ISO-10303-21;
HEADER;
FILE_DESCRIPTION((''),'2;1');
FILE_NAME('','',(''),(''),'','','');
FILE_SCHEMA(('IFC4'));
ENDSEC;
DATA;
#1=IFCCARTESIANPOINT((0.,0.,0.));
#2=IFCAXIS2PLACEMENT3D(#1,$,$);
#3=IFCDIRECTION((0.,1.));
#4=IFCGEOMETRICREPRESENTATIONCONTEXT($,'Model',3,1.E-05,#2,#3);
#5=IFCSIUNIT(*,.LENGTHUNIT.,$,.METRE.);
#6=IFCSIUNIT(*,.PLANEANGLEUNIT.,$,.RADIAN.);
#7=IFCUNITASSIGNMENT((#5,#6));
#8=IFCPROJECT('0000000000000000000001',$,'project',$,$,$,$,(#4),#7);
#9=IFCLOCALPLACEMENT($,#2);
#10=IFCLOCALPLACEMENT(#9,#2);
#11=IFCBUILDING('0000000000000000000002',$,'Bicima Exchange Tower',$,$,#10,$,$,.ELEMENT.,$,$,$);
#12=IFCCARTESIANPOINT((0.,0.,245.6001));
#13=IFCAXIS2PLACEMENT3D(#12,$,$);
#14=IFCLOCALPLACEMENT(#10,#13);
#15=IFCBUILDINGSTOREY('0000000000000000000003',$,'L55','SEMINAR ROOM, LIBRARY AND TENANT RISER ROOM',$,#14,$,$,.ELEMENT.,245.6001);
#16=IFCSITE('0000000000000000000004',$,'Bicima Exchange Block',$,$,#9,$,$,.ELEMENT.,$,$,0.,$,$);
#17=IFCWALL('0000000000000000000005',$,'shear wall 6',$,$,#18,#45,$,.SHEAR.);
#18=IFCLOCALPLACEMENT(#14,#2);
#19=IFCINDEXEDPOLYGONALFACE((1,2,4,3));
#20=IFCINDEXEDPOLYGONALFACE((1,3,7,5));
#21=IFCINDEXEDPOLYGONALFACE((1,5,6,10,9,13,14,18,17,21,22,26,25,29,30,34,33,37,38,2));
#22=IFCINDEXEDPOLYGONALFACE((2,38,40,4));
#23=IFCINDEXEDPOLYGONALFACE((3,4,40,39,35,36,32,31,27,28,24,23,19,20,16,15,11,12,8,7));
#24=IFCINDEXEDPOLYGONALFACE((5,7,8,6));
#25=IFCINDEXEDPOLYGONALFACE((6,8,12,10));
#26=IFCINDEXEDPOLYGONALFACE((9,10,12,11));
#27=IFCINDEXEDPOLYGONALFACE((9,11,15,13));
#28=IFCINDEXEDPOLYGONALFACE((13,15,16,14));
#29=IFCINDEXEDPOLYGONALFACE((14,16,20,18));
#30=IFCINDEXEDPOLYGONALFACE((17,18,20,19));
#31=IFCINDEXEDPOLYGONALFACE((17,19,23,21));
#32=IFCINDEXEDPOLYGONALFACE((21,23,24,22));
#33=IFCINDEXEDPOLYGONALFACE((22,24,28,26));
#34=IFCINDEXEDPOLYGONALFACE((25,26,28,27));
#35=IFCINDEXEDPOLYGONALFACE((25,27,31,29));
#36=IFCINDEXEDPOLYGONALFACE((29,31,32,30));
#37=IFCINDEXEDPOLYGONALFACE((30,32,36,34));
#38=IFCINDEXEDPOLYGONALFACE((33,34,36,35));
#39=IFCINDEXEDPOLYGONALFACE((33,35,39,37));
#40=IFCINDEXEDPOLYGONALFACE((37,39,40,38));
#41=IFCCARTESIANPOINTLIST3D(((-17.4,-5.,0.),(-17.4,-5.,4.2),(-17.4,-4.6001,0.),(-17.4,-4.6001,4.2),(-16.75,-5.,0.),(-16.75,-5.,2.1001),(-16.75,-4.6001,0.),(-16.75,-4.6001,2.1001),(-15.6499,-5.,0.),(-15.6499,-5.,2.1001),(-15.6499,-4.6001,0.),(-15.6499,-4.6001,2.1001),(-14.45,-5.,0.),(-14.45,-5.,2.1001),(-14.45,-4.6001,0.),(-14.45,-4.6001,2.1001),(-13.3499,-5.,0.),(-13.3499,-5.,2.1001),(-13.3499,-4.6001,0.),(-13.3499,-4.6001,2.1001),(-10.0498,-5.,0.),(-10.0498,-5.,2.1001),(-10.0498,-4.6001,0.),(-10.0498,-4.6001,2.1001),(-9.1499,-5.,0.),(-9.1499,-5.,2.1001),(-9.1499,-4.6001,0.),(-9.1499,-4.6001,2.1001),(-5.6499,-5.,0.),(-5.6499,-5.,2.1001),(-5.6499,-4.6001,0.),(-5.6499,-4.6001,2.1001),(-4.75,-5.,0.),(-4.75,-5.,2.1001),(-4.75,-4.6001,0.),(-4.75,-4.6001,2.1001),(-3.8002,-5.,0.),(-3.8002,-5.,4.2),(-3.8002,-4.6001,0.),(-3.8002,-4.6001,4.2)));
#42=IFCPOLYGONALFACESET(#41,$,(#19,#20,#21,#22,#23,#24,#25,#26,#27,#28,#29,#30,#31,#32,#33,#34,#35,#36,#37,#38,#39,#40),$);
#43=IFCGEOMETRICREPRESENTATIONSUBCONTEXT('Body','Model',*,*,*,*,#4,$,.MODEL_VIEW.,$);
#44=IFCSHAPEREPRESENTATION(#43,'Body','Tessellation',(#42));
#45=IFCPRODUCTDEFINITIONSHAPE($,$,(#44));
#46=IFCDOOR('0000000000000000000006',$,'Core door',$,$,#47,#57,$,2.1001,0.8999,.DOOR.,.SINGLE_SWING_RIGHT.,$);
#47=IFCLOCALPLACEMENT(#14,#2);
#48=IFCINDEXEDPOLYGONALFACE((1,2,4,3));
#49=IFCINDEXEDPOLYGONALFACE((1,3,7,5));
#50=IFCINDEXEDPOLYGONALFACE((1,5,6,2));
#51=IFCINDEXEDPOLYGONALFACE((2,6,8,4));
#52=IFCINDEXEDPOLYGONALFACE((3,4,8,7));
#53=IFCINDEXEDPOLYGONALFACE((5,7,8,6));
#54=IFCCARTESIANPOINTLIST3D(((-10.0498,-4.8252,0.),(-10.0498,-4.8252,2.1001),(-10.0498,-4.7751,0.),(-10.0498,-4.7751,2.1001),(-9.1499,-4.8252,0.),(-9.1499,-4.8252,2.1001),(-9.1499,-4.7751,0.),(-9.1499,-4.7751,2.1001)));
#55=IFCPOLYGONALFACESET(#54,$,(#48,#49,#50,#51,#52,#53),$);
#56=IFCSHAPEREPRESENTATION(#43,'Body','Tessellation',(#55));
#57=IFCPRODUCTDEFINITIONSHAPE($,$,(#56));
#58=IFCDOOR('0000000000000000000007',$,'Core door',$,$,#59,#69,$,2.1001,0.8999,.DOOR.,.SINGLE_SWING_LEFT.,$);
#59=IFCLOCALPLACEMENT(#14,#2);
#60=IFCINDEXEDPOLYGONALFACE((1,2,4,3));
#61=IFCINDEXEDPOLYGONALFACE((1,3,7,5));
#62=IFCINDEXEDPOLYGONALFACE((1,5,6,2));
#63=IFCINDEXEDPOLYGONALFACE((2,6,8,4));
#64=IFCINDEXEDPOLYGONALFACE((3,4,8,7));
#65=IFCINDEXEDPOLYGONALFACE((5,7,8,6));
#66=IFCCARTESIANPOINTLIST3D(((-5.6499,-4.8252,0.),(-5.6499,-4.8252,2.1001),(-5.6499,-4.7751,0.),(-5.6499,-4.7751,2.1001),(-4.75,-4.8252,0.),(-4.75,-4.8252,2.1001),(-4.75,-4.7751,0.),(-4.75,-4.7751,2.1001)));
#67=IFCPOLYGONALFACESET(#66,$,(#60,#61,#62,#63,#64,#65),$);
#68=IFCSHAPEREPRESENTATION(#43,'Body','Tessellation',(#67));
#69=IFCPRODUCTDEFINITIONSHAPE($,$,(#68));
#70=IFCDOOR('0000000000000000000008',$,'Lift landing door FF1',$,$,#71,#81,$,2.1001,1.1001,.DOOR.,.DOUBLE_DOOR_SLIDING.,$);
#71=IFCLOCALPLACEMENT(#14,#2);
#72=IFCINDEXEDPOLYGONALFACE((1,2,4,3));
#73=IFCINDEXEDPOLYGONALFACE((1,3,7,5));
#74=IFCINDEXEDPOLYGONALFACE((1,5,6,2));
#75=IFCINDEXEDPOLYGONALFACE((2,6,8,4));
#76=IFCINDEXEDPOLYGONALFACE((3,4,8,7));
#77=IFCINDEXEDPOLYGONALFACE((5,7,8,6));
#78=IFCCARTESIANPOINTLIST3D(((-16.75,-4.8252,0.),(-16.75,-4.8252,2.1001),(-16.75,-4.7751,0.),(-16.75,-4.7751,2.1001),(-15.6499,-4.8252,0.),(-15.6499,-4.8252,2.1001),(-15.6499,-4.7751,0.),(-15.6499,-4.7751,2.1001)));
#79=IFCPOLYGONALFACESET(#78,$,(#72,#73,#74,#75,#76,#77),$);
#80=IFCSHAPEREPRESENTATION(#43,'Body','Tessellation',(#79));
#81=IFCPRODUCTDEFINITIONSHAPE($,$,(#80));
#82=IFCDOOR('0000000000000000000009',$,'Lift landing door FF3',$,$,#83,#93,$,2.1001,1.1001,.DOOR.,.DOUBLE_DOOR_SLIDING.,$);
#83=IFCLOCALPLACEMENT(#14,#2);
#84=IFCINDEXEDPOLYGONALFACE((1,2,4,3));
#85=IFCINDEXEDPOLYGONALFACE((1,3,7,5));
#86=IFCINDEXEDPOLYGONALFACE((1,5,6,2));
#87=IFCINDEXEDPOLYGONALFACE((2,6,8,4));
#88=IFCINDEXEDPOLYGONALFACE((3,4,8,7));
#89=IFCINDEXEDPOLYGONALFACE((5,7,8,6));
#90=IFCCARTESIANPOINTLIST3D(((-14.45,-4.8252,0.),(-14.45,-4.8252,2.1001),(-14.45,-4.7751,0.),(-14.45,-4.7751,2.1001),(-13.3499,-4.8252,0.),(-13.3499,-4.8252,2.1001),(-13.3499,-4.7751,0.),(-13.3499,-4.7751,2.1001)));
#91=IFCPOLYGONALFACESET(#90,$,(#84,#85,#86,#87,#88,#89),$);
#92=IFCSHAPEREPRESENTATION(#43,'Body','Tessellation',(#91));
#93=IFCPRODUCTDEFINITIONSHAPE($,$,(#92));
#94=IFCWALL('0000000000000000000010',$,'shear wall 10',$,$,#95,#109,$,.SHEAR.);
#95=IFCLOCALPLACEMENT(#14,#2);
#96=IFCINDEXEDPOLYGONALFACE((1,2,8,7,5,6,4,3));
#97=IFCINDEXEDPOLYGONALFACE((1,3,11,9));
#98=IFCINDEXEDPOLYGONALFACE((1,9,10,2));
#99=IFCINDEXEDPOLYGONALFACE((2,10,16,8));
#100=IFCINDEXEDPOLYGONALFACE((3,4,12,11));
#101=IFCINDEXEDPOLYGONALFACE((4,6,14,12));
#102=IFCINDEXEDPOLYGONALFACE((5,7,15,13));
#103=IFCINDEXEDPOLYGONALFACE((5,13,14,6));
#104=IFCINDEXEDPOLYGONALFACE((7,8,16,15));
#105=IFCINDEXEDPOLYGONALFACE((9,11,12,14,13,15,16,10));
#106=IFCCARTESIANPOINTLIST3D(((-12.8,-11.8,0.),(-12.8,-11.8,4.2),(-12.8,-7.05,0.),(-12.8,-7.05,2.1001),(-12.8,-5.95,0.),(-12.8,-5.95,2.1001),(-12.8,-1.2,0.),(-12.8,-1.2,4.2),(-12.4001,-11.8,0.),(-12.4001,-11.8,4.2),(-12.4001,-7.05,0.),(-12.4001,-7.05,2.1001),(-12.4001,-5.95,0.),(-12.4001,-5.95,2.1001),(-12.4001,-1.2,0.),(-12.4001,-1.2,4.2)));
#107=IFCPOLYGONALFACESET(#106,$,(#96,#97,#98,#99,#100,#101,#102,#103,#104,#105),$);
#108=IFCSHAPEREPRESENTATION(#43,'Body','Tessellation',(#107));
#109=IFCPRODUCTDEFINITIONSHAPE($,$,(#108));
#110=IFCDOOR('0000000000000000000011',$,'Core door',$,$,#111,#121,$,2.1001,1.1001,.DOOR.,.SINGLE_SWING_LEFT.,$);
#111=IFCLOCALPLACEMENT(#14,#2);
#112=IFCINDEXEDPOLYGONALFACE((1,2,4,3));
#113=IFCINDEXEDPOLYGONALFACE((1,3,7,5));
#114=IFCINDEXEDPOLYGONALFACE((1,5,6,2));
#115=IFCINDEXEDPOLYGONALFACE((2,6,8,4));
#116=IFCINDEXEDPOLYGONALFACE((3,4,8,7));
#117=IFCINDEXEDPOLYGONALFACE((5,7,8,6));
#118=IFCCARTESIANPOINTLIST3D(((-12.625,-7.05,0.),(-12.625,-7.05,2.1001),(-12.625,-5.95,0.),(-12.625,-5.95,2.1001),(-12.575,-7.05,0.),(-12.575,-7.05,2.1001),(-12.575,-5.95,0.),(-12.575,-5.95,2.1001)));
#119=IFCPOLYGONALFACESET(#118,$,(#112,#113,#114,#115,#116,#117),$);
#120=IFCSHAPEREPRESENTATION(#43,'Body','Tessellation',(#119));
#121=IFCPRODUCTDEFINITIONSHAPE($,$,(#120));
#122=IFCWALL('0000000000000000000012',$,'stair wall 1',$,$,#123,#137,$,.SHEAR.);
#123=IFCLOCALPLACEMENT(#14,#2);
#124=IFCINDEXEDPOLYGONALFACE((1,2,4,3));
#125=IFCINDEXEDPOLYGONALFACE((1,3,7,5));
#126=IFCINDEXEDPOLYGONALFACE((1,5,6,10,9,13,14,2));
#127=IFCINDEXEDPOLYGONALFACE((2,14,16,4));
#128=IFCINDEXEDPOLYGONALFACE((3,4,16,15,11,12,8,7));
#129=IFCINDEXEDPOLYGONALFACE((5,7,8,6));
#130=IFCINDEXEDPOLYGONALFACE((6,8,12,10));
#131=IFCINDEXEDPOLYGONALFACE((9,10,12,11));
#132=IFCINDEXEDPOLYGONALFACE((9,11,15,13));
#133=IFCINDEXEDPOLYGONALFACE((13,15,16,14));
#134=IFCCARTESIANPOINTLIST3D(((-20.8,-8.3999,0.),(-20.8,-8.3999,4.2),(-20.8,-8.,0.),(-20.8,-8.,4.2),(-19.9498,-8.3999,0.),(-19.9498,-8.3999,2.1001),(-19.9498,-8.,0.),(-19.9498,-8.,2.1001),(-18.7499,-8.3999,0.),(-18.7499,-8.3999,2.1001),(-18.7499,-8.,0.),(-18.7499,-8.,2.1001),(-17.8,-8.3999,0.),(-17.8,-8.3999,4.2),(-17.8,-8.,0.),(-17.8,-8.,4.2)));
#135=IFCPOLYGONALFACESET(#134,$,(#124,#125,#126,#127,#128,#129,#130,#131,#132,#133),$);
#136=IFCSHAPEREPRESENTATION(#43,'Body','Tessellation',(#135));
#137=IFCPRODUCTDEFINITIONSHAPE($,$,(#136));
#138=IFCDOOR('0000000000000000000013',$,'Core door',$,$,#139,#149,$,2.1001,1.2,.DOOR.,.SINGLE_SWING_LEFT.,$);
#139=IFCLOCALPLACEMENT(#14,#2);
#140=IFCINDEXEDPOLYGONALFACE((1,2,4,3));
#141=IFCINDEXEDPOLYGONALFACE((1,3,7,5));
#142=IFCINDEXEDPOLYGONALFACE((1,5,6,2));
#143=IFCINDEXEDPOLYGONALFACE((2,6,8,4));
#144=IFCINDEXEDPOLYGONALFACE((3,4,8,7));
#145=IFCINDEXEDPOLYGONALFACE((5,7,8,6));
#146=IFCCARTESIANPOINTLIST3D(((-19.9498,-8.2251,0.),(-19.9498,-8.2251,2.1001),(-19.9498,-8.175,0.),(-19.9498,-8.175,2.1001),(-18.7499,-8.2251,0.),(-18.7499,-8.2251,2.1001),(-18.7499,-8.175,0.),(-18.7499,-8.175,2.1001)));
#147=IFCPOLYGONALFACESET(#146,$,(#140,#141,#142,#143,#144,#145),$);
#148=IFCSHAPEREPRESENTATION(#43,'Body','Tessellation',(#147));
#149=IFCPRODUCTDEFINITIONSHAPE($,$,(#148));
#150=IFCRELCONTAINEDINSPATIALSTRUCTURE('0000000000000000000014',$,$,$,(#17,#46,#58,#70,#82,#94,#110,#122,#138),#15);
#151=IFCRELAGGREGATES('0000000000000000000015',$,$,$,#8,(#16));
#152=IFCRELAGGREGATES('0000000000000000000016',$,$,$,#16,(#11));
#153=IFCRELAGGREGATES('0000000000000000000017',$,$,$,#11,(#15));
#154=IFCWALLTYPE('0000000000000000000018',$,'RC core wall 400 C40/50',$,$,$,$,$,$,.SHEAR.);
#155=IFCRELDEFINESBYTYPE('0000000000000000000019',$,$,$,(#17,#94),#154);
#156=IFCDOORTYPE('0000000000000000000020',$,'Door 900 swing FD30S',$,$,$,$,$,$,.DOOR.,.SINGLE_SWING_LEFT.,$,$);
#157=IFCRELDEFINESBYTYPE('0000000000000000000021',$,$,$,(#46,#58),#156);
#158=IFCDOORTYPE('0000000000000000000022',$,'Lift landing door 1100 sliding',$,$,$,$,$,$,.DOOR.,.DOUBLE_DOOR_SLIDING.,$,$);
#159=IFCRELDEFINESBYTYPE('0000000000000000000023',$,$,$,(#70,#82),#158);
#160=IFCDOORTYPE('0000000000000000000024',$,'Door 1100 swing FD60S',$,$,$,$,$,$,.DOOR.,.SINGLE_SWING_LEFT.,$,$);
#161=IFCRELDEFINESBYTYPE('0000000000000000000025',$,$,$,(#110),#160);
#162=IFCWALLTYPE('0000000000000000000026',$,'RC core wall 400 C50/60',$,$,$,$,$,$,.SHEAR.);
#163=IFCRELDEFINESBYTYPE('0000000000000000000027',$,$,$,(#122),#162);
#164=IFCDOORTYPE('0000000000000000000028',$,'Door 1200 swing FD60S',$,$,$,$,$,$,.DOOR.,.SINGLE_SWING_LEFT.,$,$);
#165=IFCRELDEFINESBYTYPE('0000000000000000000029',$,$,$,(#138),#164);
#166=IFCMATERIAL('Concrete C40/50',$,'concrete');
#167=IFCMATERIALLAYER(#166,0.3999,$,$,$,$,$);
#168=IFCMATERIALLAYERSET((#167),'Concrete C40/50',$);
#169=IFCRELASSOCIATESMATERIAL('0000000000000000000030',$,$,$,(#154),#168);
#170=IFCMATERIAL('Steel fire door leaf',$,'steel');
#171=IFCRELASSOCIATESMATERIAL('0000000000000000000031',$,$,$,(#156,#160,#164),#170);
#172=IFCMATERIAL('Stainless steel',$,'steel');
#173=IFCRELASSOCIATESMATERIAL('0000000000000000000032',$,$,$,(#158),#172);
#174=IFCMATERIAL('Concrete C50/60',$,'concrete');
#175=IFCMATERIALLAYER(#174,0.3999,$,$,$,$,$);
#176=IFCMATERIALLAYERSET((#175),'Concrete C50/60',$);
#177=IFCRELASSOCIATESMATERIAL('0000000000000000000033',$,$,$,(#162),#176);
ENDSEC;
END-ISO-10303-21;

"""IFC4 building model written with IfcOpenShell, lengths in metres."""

from ifc_helpers import new_model, si_unit, direction, frame, frame_2d, origin, place, context, subcontext, project, spatial, rectangle, extrude, material, layer, layer_set, type_object, element, fill, save


model = new_model("IFC4")

# Units and contexts
model_context = context("Model", 3, precision=1e-05, world=origin(), true_north=direction((0.0, 1.0)))
body_context = subcontext(model_context, "Body", "Model", "MODEL_VIEW")
ifc_project = project(units=[si_unit("LENGTHUNIT", "METRE"), si_unit("PLANEANGLEUNIT", "RADIAN")], contexts=[model_context])

# Site, building, storey
site_placement = place(None, origin())
site = spatial("IfcSite", under=ifc_project, at=site_placement, Name="Bicima Exchange Block", CompositionType="ELEMENT", RefElevation=0.0)
building_placement = place(site_placement, origin())
building = spatial("IfcBuilding", under=site, at=building_placement, Name="Bicima Exchange Tower", CompositionType="ELEMENT")
storey_placement = place(building_placement, frame((0.0, 0.0, 245.6001)))
storey = spatial("IfcBuildingStorey", under=building, at=storey_placement, Name="L55", Description="SEMINAR ROOM, LIBRARY AND TENANT RISER ROOM", CompositionType="ELEMENT", Elevation=245.6001)

# Shared definitions
ifc_material_1 = material(Name="Concrete C40/50", Category="concrete")
ifc_layer_1 = layer(ifc_material_1, 0.3999)
ifc_layer_set_1 = layer_set([ifc_layer_1], Name="Concrete C40/50")
wall_type_1 = type_object("IfcWallType", Name="RC core wall 400 C40/50", PredefinedType="SHEAR", material=ifc_layer_set_1)

# Wall, openings, doors
wall_1_placement = place(storey_placement, frame((-17.3999, -4.8, 0.0), z_axis=(0.0, 0.0, 1.0), x_axis=(1.0, 0.0, 0.0)))
wall_1 = element("IfcWall", 1, at=wall_1_placement, inside=storey, type_object=wall_type_1, Name="shear wall 6", PredefinedType="SHEAR", context=body_context, shape_type="SweptSolid", body=[
    extrude(rectangle(XDim=13.5999, YDim=0.3999, at=frame_2d((6.7998, 0.0))), origin(), (0.0, 0.0, 1.0), 4.2),
])
opening_1_placement = place(wall_1_placement, frame((0.6499, 0.0, 0.0)))
opening_1 = element("IfcOpeningElement", 2, at=opening_1_placement, cuts=wall_1, PredefinedType="OPENING", context=body_context, shape_type="SweptSolid", body=[
    extrude(rectangle(XDim=1.1001, YDim=2.1001, at=frame_2d((0.55, 1.05))), frame((0.0, 0.2119, 0.0), z_axis=(0.0, -1.0, 0.0), x_axis=(1.0, 0.0, 0.0)), (0.0, 0.0, 1.0), 0.4238),
])
opening_2_placement = place(wall_1_placement, frame((2.95, 0.0, 0.0)))
opening_2 = element("IfcOpeningElement", 3, at=opening_2_placement, cuts=wall_1, PredefinedType="OPENING", context=body_context, shape_type="SweptSolid", body=[
    extrude(rectangle(XDim=1.1001, YDim=2.1001, at=frame_2d((0.55, 1.05))), frame((0.0, 0.2119, 0.0), z_axis=(0.0, -1.0, 0.0), x_axis=(1.0, 0.0, 0.0)), (0.0, 0.0, 1.0), 0.4238),
])
opening_3_placement = place(wall_1_placement, frame((7.3501, 0.0, 0.0)))
opening_3 = element("IfcOpeningElement", 4, at=opening_3_placement, cuts=wall_1, PredefinedType="OPENING", context=body_context, shape_type="SweptSolid", body=[
    extrude(rectangle(XDim=0.8999, YDim=2.1001, at=frame_2d((0.45, 1.05))), frame((0.0, 0.2119, 0.0), z_axis=(0.0, -1.0, 0.0), x_axis=(1.0, 0.0, 0.0)), (0.0, 0.0, 1.0), 0.4238),
])
opening_4_placement = place(wall_1_placement, frame((11.75, 0.0, 0.0)))
opening_4 = element("IfcOpeningElement", 5, at=opening_4_placement, cuts=wall_1, PredefinedType="OPENING", context=body_context, shape_type="SweptSolid", body=[
    extrude(rectangle(XDim=0.8999, YDim=2.1001, at=frame_2d((0.45, 1.05))), frame((0.0, 0.2119, 0.0), z_axis=(0.0, -1.0, 0.0), x_axis=(1.0, 0.0, 0.0)), (0.0, 0.0, 1.0), 0.4238),
])
ifc_material_2 = material(Name="Steel fire door leaf", Category="steel")
door_type_1 = type_object("IfcDoorType", Name="Door 900 swing FD30S", OperationType="SINGLE_SWING_LEFT", PredefinedType="DOOR", material=ifc_material_2)
door_1_placement = place(opening_3_placement, origin())
door_1 = element("IfcDoor", 6, at=door_1_placement, inside=storey, type_object=door_type_1, Name="Core door", OperationType="SINGLE_SWING_RIGHT", OverallHeight=2.1001, OverallWidth=0.8999, PredefinedType="DOOR", context=body_context, shape_type="SweptSolid", body=[
    extrude(rectangle(XDim=0.8999, YDim=2.1001, at=frame_2d((0.45, 1.05))), frame((0.0, 0.0249, 0.0), z_axis=(0.0, -1.0, 0.0), x_axis=(1.0, 0.0, 0.0)), (0.0, 0.0, 1.0), 0.05),
])
fill(opening_3, door_1)
door_2_placement = place(opening_4_placement, origin())
door_2 = element("IfcDoor", 7, at=door_2_placement, inside=storey, type_object=door_type_1, Name="Core door", OperationType="SINGLE_SWING_LEFT", OverallHeight=2.1001, OverallWidth=0.8999, PredefinedType="DOOR", context=body_context, shape_type="SweptSolid", body=[
    extrude(rectangle(XDim=0.8999, YDim=2.1001, at=frame_2d((0.45, 1.05))), frame((0.0, 0.0249, 0.0), z_axis=(0.0, -1.0, 0.0), x_axis=(1.0, 0.0, 0.0)), (0.0, 0.0, 1.0), 0.05),
])
fill(opening_4, door_2)
ifc_material_3 = material(Name="Stainless steel", Category="steel")
door_type_2 = type_object("IfcDoorType", Name="Lift landing door 1100 sliding", OperationType="DOUBLE_DOOR_SLIDING", PredefinedType="DOOR", material=ifc_material_3)
door_3_placement = place(opening_1_placement, origin())
door_3 = element("IfcDoor", 8, at=door_3_placement, inside=storey, type_object=door_type_2, Name="Lift landing door FF1", OperationType="DOUBLE_DOOR_SLIDING", OverallHeight=2.1001, OverallWidth=1.1001, PredefinedType="DOOR", context=body_context, shape_type="SweptSolid", body=[
    extrude(rectangle(XDim=1.1001, YDim=2.1001, at=frame_2d((0.55, 1.05))), frame((0.0, 0.0249, 0.0), z_axis=(0.0, -1.0, 0.0), x_axis=(1.0, 0.0, 0.0)), (0.0, 0.0, 1.0), 0.05),
])
fill(opening_1, door_3)
door_4_placement = place(opening_2_placement, origin())
door_4 = element("IfcDoor", 9, at=door_4_placement, inside=storey, type_object=door_type_2, Name="Lift landing door FF3", OperationType="DOUBLE_DOOR_SLIDING", OverallHeight=2.1001, OverallWidth=1.1001, PredefinedType="DOOR", context=body_context, shape_type="SweptSolid", body=[
    extrude(rectangle(XDim=1.1001, YDim=2.1001, at=frame_2d((0.55, 1.05))), frame((0.0, 0.0249, 0.0), z_axis=(0.0, -1.0, 0.0), x_axis=(1.0, 0.0, 0.0)), (0.0, 0.0, 1.0), 0.05),
])
fill(opening_2, door_4)

# Walls, openings, doors
wall_2_placement = place(storey_placement, frame((-12.6001, -11.8, 0.0), z_axis=(0.0, 0.0, 1.0), x_axis=(0.0, 1.0, 0.0)))
wall_2 = element("IfcWall", 10, at=wall_2_placement, inside=storey, type_object=wall_type_1, Name="shear wall 10", PredefinedType="SHEAR", context=body_context, shape_type="SweptSolid", body=[
    extrude(rectangle(XDim=10.6001, YDim=0.3999, at=frame_2d((5.3, 0.0))), origin(), (0.0, 0.0, 1.0), 4.2),
])
opening_5_placement = place(wall_2_placement, frame((4.75, 0.0, 0.0)))
opening_5 = element("IfcOpeningElement", 11, at=opening_5_placement, cuts=wall_2, PredefinedType="OPENING", context=body_context, shape_type="SweptSolid", body=[
    extrude(rectangle(XDim=1.1001, YDim=2.1001, at=frame_2d((0.55, 1.05))), frame((0.0, 0.2119, 0.0), z_axis=(0.0, -1.0, 0.0), x_axis=(1.0, 0.0, 0.0)), (0.0, 0.0, 1.0), 0.4238),
])
door_type_3 = type_object("IfcDoorType", Name="Door 1100 swing FD60S", OperationType="SINGLE_SWING_LEFT", PredefinedType="DOOR", material=ifc_material_2)
door_5_placement = place(opening_5_placement, origin())
door_5 = element("IfcDoor", 12, at=door_5_placement, inside=storey, type_object=door_type_3, Name="Core door", OperationType="SINGLE_SWING_LEFT", OverallHeight=2.1001, OverallWidth=1.1001, PredefinedType="DOOR", context=body_context, shape_type="SweptSolid", body=[
    extrude(rectangle(XDim=1.1001, YDim=2.1001, at=frame_2d((0.55, 1.05))), frame((0.0, 0.0249, 0.0), z_axis=(0.0, -1.0, 0.0), x_axis=(1.0, 0.0, 0.0)), (0.0, 0.0, 1.0), 0.05),
])
fill(opening_5, door_5)
ifc_material_4 = material(Name="Concrete C50/60", Category="concrete")
ifc_layer_2 = layer(ifc_material_4, 0.3999)
ifc_layer_set_2 = layer_set([ifc_layer_2], Name="Concrete C50/60")
wall_type_2 = type_object("IfcWallType", Name="RC core wall 400 C50/60", PredefinedType="SHEAR", material=ifc_layer_set_2)
wall_3_placement = place(storey_placement, frame((-20.8, -8.2, 0.0), z_axis=(0.0, 0.0, 1.0), x_axis=(1.0, 0.0, 0.0)))
wall_3 = element("IfcWall", 13, at=wall_3_placement, inside=storey, type_object=wall_type_2, Name="stair wall 1", PredefinedType="SHEAR", context=body_context, shape_type="SweptSolid", body=[
    extrude(rectangle(XDim=3.0, YDim=0.3999, at=frame_2d((1.5, 0.0))), origin(), (0.0, 0.0, 1.0), 4.2),
])
opening_6_placement = place(wall_3_placement, frame((0.8501, 0.0, 0.0)))
opening_6 = element("IfcOpeningElement", 14, at=opening_6_placement, cuts=wall_3, PredefinedType="OPENING", context=body_context, shape_type="SweptSolid", body=[
    extrude(rectangle(XDim=1.2, YDim=2.1001, at=frame_2d((0.6001, 1.05))), frame((0.0, 0.2119, 0.0), z_axis=(0.0, -1.0, 0.0), x_axis=(1.0, 0.0, 0.0)), (0.0, 0.0, 1.0), 0.4238),
])
door_type_4 = type_object("IfcDoorType", Name="Door 1200 swing FD60S", OperationType="SINGLE_SWING_LEFT", PredefinedType="DOOR", material=ifc_material_2)
door_6_placement = place(opening_6_placement, origin())
door_6 = element("IfcDoor", 15, at=door_6_placement, inside=storey, type_object=door_type_4, Name="Core door", OperationType="SINGLE_SWING_LEFT", OverallHeight=2.1001, OverallWidth=1.2, PredefinedType="DOOR", context=body_context, shape_type="SweptSolid", body=[
    extrude(rectangle(XDim=1.2, YDim=2.1001, at=frame_2d((0.6001, 1.05))), frame((0.0, 0.0249, 0.0), z_axis=(0.0, -1.0, 0.0), x_axis=(1.0, 0.0, 0.0)), (0.0, 0.0, 1.0), 0.05),
])
fill(opening_6, door_6)

save(model, "model.ifc")
